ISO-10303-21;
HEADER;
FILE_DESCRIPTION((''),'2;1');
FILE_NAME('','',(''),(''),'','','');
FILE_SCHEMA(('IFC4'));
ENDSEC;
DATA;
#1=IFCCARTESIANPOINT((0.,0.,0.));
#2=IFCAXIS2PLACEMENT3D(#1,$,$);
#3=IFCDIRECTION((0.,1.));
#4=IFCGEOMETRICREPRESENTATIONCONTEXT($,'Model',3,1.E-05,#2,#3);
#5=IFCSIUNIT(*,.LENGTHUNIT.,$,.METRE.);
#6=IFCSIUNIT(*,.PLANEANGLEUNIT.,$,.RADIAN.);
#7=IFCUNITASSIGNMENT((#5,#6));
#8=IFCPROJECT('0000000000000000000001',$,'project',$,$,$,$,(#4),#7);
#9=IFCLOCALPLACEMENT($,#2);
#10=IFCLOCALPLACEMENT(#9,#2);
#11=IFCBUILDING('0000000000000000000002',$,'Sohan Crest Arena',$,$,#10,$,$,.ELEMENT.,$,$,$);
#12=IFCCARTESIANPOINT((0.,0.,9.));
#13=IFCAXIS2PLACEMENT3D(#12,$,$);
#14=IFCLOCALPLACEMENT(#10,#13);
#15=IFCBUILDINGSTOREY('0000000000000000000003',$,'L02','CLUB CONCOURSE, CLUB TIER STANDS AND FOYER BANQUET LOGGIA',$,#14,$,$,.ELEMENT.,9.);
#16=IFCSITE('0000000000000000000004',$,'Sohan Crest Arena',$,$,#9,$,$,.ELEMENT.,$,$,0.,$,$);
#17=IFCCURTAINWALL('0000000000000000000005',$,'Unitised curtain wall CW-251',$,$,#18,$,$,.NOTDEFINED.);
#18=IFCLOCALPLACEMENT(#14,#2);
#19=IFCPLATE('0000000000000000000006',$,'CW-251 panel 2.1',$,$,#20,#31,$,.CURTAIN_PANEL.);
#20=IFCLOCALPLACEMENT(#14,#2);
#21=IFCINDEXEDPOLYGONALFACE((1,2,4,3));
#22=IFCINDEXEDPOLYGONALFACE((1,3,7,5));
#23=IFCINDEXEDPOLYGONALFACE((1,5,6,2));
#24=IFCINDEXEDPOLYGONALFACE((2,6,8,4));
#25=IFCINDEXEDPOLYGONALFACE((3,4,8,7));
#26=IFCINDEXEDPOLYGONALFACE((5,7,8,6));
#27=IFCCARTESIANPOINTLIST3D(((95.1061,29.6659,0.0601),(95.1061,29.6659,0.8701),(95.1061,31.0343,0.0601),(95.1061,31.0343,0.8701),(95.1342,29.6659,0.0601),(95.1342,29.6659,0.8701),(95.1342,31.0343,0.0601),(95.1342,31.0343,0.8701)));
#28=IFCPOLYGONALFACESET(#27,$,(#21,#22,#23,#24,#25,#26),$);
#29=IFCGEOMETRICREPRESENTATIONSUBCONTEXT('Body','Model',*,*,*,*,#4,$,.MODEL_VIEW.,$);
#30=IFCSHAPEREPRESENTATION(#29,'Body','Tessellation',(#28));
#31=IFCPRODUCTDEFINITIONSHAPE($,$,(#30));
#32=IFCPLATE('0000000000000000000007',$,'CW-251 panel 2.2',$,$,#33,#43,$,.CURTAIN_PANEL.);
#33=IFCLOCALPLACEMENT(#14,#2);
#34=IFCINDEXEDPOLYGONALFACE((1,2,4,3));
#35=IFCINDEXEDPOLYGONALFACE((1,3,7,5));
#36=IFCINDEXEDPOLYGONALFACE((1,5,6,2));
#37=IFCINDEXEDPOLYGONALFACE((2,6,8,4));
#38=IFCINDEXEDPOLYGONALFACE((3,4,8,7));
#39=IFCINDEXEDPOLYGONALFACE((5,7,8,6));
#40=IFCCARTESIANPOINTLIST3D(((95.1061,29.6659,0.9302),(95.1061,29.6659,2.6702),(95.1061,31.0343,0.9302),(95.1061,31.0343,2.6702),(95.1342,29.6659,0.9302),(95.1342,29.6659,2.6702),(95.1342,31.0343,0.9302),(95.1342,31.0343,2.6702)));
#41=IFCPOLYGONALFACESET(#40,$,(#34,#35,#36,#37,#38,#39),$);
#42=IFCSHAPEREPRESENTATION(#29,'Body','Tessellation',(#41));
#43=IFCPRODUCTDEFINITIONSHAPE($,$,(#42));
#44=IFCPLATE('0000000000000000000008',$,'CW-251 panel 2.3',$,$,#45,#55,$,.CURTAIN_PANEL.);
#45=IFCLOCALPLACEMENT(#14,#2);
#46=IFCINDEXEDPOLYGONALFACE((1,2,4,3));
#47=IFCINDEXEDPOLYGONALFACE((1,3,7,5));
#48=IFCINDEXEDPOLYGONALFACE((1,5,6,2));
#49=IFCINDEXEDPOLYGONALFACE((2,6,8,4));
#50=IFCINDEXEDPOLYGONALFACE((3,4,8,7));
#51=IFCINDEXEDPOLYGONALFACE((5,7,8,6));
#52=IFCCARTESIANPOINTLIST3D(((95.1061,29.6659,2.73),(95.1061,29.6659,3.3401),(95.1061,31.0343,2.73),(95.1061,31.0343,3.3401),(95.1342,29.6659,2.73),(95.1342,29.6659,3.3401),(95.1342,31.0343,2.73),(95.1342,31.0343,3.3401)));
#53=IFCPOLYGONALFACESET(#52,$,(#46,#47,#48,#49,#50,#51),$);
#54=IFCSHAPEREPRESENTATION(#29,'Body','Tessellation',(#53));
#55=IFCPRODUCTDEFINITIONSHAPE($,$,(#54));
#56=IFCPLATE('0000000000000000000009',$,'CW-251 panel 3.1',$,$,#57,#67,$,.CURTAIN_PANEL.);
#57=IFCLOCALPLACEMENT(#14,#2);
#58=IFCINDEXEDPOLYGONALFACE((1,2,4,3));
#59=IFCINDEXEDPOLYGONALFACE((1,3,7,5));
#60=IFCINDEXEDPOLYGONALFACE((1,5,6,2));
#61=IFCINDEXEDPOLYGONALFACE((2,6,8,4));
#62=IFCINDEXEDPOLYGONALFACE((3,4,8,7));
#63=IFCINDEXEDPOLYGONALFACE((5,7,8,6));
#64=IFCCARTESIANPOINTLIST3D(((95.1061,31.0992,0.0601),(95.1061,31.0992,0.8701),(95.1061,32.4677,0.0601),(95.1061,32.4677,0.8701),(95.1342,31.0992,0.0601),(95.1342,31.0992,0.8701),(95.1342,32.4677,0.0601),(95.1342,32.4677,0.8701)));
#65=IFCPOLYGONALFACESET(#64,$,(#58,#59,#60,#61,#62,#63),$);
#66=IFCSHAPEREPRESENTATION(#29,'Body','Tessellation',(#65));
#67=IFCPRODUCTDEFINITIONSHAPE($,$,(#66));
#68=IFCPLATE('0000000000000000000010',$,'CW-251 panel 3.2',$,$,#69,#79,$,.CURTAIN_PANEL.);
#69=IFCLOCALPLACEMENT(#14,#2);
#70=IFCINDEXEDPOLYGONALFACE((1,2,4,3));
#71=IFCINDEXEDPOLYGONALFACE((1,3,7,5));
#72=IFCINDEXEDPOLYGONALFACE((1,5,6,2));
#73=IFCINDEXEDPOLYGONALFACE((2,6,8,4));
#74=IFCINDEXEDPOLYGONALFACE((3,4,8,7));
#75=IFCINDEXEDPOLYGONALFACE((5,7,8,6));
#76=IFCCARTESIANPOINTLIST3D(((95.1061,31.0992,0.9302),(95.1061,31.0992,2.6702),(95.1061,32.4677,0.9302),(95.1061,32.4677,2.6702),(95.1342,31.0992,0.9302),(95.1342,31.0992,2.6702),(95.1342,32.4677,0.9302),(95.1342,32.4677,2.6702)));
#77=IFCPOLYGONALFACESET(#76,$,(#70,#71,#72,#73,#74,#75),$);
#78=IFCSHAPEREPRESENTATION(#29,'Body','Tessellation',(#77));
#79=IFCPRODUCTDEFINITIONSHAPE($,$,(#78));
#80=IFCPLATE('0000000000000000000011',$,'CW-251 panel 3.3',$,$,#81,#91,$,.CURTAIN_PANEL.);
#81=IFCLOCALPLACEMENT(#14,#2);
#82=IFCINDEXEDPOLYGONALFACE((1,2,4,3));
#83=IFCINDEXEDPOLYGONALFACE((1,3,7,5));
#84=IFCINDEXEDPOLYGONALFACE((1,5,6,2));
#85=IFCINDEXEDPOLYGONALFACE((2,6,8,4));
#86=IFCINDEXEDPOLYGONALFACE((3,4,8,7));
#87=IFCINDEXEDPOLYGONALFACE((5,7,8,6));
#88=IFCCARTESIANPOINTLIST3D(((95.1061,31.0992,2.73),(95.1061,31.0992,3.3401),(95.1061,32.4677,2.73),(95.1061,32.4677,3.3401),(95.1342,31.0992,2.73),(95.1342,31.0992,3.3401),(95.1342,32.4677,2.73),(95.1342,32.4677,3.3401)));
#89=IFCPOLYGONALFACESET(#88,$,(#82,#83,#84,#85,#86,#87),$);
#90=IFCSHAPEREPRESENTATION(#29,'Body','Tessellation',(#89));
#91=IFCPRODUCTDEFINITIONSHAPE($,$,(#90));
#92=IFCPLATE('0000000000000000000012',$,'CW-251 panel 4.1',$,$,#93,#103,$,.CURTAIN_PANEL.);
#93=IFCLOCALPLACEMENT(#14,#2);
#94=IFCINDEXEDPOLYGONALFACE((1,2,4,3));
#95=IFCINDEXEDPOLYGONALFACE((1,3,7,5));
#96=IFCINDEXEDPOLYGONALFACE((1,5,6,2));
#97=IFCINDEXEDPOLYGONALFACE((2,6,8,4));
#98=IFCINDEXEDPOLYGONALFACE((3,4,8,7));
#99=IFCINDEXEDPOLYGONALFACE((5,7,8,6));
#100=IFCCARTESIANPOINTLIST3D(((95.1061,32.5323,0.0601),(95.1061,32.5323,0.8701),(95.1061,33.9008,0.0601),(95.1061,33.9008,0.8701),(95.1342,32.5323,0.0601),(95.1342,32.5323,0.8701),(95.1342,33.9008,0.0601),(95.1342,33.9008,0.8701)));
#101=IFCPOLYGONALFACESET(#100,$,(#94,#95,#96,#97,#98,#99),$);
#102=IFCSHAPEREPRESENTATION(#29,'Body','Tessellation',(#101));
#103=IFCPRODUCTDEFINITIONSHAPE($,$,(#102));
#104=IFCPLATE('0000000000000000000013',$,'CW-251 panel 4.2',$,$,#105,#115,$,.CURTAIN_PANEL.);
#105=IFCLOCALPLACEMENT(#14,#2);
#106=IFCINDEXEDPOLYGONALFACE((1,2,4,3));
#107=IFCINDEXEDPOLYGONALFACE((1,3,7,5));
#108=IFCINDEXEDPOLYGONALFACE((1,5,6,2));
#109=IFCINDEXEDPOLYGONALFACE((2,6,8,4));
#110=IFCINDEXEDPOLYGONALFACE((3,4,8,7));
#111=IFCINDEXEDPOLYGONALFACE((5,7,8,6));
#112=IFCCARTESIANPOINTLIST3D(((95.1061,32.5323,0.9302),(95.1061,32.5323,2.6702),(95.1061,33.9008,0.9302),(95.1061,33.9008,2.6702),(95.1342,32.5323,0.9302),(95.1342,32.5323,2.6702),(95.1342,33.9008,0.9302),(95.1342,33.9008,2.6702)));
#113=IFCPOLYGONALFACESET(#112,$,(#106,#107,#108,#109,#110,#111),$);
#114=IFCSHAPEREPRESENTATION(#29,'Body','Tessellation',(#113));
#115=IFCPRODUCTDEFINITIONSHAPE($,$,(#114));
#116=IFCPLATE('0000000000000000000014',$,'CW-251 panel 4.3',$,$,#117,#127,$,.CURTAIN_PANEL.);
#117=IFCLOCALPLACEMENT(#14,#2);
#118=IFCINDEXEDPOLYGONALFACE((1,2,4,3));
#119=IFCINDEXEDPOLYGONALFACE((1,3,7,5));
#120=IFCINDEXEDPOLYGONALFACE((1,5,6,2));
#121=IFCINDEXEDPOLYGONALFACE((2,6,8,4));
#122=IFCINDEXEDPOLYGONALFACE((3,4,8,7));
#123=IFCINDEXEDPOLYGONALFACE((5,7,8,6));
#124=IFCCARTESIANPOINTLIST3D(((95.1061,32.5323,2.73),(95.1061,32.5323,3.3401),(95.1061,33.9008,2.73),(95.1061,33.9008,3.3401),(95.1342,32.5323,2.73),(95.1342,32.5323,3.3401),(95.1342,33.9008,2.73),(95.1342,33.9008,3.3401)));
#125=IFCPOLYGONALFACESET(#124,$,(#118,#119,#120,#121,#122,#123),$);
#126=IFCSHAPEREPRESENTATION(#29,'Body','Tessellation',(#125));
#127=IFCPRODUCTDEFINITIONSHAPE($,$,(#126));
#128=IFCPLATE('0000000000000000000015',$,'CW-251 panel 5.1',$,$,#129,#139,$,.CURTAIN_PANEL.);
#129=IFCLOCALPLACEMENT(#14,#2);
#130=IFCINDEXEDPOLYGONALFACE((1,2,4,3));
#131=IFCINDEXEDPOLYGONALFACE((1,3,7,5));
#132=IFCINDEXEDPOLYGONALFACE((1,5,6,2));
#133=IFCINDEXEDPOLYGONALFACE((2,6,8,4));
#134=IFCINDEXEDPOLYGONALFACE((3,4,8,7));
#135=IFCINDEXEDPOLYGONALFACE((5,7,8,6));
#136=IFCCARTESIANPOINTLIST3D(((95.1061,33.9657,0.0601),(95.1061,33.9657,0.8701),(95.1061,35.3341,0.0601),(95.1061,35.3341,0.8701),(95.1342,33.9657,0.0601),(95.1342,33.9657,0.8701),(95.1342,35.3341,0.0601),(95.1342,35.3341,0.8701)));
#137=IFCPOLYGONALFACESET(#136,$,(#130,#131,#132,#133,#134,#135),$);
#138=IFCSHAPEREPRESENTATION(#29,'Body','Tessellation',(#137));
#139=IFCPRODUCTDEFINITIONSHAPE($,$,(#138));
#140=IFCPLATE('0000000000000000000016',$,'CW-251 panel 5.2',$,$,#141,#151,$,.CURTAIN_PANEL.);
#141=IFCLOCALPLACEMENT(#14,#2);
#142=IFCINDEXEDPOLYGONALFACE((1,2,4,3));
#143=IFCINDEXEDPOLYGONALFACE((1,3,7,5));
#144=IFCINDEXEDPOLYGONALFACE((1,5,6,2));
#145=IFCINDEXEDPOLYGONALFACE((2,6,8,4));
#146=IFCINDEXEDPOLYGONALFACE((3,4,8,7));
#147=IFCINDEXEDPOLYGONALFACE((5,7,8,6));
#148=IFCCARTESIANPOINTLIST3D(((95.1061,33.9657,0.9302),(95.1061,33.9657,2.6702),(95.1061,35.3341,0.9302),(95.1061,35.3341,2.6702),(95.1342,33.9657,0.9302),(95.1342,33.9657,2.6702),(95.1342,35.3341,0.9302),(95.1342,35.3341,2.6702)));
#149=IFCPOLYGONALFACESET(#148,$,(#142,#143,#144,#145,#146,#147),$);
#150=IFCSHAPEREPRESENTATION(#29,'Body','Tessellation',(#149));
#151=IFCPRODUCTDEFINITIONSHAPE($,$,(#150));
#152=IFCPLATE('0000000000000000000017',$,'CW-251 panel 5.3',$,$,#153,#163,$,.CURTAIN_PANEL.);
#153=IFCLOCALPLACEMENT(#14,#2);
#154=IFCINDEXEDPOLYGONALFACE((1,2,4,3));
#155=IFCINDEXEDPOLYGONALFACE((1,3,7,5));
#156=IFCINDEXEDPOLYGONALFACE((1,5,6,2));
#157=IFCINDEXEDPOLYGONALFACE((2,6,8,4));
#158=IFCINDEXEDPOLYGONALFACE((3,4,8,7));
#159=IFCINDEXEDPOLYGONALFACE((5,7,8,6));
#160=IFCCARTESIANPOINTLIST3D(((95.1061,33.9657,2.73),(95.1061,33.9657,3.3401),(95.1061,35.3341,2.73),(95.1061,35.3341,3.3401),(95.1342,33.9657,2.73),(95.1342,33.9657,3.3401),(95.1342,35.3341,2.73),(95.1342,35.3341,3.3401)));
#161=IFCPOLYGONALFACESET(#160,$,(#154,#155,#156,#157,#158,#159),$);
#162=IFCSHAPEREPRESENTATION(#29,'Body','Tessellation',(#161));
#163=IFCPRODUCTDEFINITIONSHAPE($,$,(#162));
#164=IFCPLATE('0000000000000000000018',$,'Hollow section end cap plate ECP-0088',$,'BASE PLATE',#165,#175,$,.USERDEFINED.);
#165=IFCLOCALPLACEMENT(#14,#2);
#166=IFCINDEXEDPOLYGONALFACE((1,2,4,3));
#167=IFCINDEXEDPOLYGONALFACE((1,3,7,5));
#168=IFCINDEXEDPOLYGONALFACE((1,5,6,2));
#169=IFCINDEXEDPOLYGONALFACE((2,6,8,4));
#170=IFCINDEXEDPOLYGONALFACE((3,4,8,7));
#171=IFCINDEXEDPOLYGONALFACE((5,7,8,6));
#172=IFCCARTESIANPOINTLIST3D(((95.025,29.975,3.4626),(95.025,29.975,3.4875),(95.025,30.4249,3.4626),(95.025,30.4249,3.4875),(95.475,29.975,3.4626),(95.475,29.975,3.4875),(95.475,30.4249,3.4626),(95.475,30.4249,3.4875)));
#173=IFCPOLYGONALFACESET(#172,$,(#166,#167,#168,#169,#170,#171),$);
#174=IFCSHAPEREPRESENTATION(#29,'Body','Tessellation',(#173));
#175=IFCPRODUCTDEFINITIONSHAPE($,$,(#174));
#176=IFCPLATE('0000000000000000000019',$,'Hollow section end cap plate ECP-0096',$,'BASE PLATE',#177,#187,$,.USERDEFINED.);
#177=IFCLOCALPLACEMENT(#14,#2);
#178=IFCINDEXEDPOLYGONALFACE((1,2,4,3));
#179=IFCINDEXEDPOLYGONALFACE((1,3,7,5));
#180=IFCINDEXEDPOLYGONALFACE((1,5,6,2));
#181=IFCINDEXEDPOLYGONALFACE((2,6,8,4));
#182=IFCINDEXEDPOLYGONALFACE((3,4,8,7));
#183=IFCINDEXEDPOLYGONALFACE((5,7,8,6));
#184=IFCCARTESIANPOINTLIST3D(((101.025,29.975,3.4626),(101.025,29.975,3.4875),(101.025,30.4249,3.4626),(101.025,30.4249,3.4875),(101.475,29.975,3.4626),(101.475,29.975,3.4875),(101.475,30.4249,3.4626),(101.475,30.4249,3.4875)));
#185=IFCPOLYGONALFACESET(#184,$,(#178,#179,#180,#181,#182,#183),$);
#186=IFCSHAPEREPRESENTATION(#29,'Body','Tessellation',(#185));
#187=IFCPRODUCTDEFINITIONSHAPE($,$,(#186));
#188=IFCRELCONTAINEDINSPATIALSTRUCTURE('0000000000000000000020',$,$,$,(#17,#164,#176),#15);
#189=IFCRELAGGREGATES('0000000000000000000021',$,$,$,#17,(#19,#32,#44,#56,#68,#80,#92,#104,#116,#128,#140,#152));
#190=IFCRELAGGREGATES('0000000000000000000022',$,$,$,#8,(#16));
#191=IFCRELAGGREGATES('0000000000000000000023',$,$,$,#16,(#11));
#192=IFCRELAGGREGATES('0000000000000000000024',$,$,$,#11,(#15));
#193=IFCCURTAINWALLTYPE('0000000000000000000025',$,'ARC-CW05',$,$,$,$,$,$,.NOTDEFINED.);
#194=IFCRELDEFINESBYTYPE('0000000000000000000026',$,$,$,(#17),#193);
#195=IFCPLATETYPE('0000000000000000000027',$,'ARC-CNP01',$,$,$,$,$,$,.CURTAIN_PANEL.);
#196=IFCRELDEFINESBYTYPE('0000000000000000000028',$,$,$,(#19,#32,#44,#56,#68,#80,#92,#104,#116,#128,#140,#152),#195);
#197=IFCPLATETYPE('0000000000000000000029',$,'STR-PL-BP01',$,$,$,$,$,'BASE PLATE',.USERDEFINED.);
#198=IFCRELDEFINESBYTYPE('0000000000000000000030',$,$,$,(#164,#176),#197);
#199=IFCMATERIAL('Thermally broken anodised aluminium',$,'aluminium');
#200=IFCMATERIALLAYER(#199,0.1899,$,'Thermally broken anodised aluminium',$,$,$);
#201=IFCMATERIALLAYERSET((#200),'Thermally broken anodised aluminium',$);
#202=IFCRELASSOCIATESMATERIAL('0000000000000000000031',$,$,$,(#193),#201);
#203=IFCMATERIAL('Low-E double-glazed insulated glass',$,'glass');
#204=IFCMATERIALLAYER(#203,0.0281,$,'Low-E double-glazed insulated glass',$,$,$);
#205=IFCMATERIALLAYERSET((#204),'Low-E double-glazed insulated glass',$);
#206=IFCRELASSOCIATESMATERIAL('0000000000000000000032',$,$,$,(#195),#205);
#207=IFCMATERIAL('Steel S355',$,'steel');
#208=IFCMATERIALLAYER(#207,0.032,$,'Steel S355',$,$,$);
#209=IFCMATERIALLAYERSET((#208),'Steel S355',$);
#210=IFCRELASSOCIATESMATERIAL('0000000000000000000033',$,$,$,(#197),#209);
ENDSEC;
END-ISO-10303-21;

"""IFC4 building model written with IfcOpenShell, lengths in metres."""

from ifc_helpers import new_model, si_unit, direction, frame, origin, origin_2d, place, context, subcontext, project, spatial, rectangle, extrude, material, layer, layer_set, type_object, element, aggregate, save


model = new_model("IFC4")

# Units and contexts
model_context = context("Model", 3, precision=1e-05, world=origin(), true_north=direction((0.0, 1.0)))
body_context = subcontext(model_context, "Body", "Model", "MODEL_VIEW")
ifc_project = project(units=[si_unit("LENGTHUNIT", "METRE"), si_unit("PLANEANGLEUNIT", "RADIAN")], contexts=[model_context])

# Site, building, storey
site_placement = place(None, origin())
site = spatial("IfcSite", under=ifc_project, at=site_placement, Name="Sohan Crest Arena", CompositionType="ELEMENT", RefElevation=0.0)
building_placement = place(site_placement, origin())
building = spatial("IfcBuilding", under=site, at=building_placement, Name="Sohan Crest Arena", CompositionType="ELEMENT")
storey_placement = place(building_placement, frame((0.0, 0.0, 9.0)))
storey = spatial("IfcBuildingStorey", under=building, at=storey_placement, Name="L02", Description="CLUB CONCOURSE, CLUB TIER STANDS AND FOYER BANQUET LOGGIA", CompositionType="ELEMENT", Elevation=9.0)

# Shared definitions
ifc_material_1 = material(Name="Steel S355", Category="steel")

# Curtain wall
ifc_material_2 = material(Name="Thermally broken anodised aluminium", Category="aluminium")
ifc_layer_1 = layer(ifc_material_2, 0.1899, Name="Thermally broken anodised aluminium")
ifc_layer_set_1 = layer_set([ifc_layer_1], Name="Thermally broken anodised aluminium")
curtain_wall_type = type_object("IfcCurtainWallType", Name="ARC-CW05", PredefinedType="NOTDEFINED", material=ifc_layer_set_1)
curtain_wall_1_placement = place(storey_placement, origin())
curtain_wall_1 = element("IfcCurtainWall", 1, at=curtain_wall_1_placement, inside=storey, type_object=curtain_wall_type, Name="Unitised curtain wall CW-251", PredefinedType="NOTDEFINED")

# Plates
ifc_material_3 = material(Name="Low-E double-glazed insulated glass", Category="glass")
ifc_layer_2 = layer(ifc_material_3, 0.0281, Name="Low-E double-glazed insulated glass")
ifc_layer_set_2 = layer_set([ifc_layer_2], Name="Low-E double-glazed insulated glass")
plate_type_1 = type_object("IfcPlateType", Name="ARC-CNP01", PredefinedType="CURTAIN_PANEL", material=ifc_layer_set_2)
plate_1_placement = place(storey_placement, frame((95.1201, 30.3501, 0.0601), z_axis=(0.0, 0.0, 1.0), x_axis=(0.0, 1.0, 0.0)))
plate_1 = element("IfcPlate", 2, at=plate_1_placement, type_object=plate_type_1, Name="CW-251 panel 2.1", PredefinedType="CURTAIN_PANEL", context=body_context, shape_type="SweptSolid", body=[
    extrude(rectangle(XDim=1.3684, YDim=0.0281, at=origin_2d()), origin(), (0.0, 0.0, 1.0), 0.8101),
])
plate_2_placement = place(storey_placement, frame((95.1201, 30.3501, 0.9302), z_axis=(0.0, 0.0, 1.0), x_axis=(0.0, 1.0, 0.0)))
plate_2 = element("IfcPlate", 3, at=plate_2_placement, type_object=plate_type_1, Name="CW-251 panel 2.2", PredefinedType="CURTAIN_PANEL", context=body_context, shape_type="SweptSolid", body=[
    extrude(rectangle(XDim=1.3684, YDim=0.0281, at=origin_2d()), origin(), (0.0, 0.0, 1.0), 1.74),
])
plate_3_placement = place(storey_placement, frame((95.1201, 30.3501, 2.73), z_axis=(0.0, 0.0, 1.0), x_axis=(0.0, 1.0, 0.0)))
plate_3 = element("IfcPlate", 4, at=plate_3_placement, type_object=plate_type_1, Name="CW-251 panel 2.3", PredefinedType="CURTAIN_PANEL", context=body_context, shape_type="SweptSolid", body=[
    extrude(rectangle(XDim=1.3684, YDim=0.0281, at=origin_2d()), origin(), (0.0, 0.0, 1.0), 0.6101),
])
plate_4_placement = place(storey_placement, frame((95.1201, 31.7834, 0.0601), z_axis=(0.0, 0.0, 1.0), x_axis=(0.0, 1.0, 0.0)))
plate_4 = element("IfcPlate", 5, at=plate_4_placement, type_object=plate_type_1, Name="CW-251 panel 3.1", PredefinedType="CURTAIN_PANEL", context=body_context, shape_type="SweptSolid", body=[
    extrude(rectangle(XDim=1.3684, YDim=0.0281, at=origin_2d()), origin(), (0.0, 0.0, 1.0), 0.8101),
])
plate_5_placement = place(storey_placement, frame((95.1201, 31.7834, 0.9302), z_axis=(0.0, 0.0, 1.0), x_axis=(0.0, 1.0, 0.0)))
plate_5 = element("IfcPlate", 6, at=plate_5_placement, type_object=plate_type_1, Name="CW-251 panel 3.2", PredefinedType="CURTAIN_PANEL", context=body_context, shape_type="SweptSolid", body=[
    extrude(rectangle(XDim=1.3684, YDim=0.0281, at=origin_2d()), origin(), (0.0, 0.0, 1.0), 1.74),
])
plate_6_placement = place(storey_placement, frame((95.1201, 31.7834, 2.73), z_axis=(0.0, 0.0, 1.0), x_axis=(0.0, 1.0, 0.0)))
plate_6 = element("IfcPlate", 7, at=plate_6_placement, type_object=plate_type_1, Name="CW-251 panel 3.3", PredefinedType="CURTAIN_PANEL", context=body_context, shape_type="SweptSolid", body=[
    extrude(rectangle(XDim=1.3684, YDim=0.0281, at=origin_2d()), origin(), (0.0, 0.0, 1.0), 0.6101),
])
plate_7_placement = place(storey_placement, frame((95.1201, 33.2166, 0.0601), z_axis=(0.0, 0.0, 1.0), x_axis=(0.0, 1.0, 0.0)))
plate_7 = element("IfcPlate", 8, at=plate_7_placement, type_object=plate_type_1, Name="CW-251 panel 4.1", PredefinedType="CURTAIN_PANEL", context=body_context, shape_type="SweptSolid", body=[
    extrude(rectangle(XDim=1.3684, YDim=0.0281, at=origin_2d()), origin(), (0.0, 0.0, 1.0), 0.8101),
])
plate_8_placement = place(storey_placement, frame((95.1201, 33.2166, 0.9302), z_axis=(0.0, 0.0, 1.0), x_axis=(0.0, 1.0, 0.0)))
plate_8 = element("IfcPlate", 9, at=plate_8_placement, type_object=plate_type_1, Name="CW-251 panel 4.2", PredefinedType="CURTAIN_PANEL", context=body_context, shape_type="SweptSolid", body=[
    extrude(rectangle(XDim=1.3684, YDim=0.0281, at=origin_2d()), origin(), (0.0, 0.0, 1.0), 1.74),
])
plate_9_placement = place(storey_placement, frame((95.1201, 33.2166, 2.73), z_axis=(0.0, 0.0, 1.0), x_axis=(0.0, 1.0, 0.0)))
plate_9 = element("IfcPlate", 10, at=plate_9_placement, type_object=plate_type_1, Name="CW-251 panel 4.3", PredefinedType="CURTAIN_PANEL", context=body_context, shape_type="SweptSolid", body=[
    extrude(rectangle(XDim=1.3684, YDim=0.0281, at=origin_2d()), origin(), (0.0, 0.0, 1.0), 0.6101),
])
plate_10_placement = place(storey_placement, frame((95.1201, 34.6499, 0.0601), z_axis=(0.0, 0.0, 1.0), x_axis=(0.0, 1.0, 0.0)))
plate_10 = element("IfcPlate", 11, at=plate_10_placement, type_object=plate_type_1, Name="CW-251 panel 5.1", PredefinedType="CURTAIN_PANEL", context=body_context, shape_type="SweptSolid", body=[
    extrude(rectangle(XDim=1.3684, YDim=0.0281, at=origin_2d()), origin(), (0.0, 0.0, 1.0), 0.8101),
])
plate_11_placement = place(storey_placement, frame((95.1201, 34.6499, 0.9302), z_axis=(0.0, 0.0, 1.0), x_axis=(0.0, 1.0, 0.0)))
plate_11 = element("IfcPlate", 12, at=plate_11_placement, type_object=plate_type_1, Name="CW-251 panel 5.2", PredefinedType="CURTAIN_PANEL", context=body_context, shape_type="SweptSolid", body=[
    extrude(rectangle(XDim=1.3684, YDim=0.0281, at=origin_2d()), origin(), (0.0, 0.0, 1.0), 1.74),
])
plate_12_placement = place(storey_placement, frame((95.1201, 34.6499, 2.73), z_axis=(0.0, 0.0, 1.0), x_axis=(0.0, 1.0, 0.0)))
plate_12 = element("IfcPlate", 13, at=plate_12_placement, type_object=plate_type_1, Name="CW-251 panel 5.3", PredefinedType="CURTAIN_PANEL", context=body_context, shape_type="SweptSolid", body=[
    extrude(rectangle(XDim=1.3684, YDim=0.0281, at=origin_2d()), origin(), (0.0, 0.0, 1.0), 0.6101),
])
aggregate(curtain_wall_1, [plate_1, plate_2, plate_3, plate_4, plate_5, plate_6, plate_7, plate_8, plate_9, plate_10, plate_11, plate_12])

# Plates
ifc_layer_3 = layer(ifc_material_1, 0.032, Name="Steel S355")
ifc_layer_set_3 = layer_set([ifc_layer_3], Name="Steel S355")
plate_type_2 = type_object("IfcPlateType", Name="STR-PL-BP01", ElementType="BASE PLATE", PredefinedType="USERDEFINED", material=ifc_layer_set_3)
for number, where, z_axis, x_axis, name in (
    (14, (95.25, 30.2, 3.4626), (0.0, 0.0, 1.0), (1.0, 0.0, 0.0), "Hollow section end cap plate ECP-0088"),
    (15, (101.25, 30.2, 3.4626), (0.0, 0.0, 1.0), (1.0, 0.0, 0.0), "Hollow section end cap plate ECP-0096"),
):
    element("IfcPlate", number, at=place(storey_placement, frame(where, z_axis=z_axis, x_axis=x_axis)), inside=storey, type_object=plate_type_2, Name=name, ObjectType="BASE PLATE", PredefinedType="USERDEFINED", context=body_context, shape_type="SweptSolid", body=[
        extrude(rectangle(XDim=0.45, YDim=0.45, at=origin_2d()), origin(), (0.0, 0.0, 1.0), 0.0249),
    ])

save(model, "model.ifc")
